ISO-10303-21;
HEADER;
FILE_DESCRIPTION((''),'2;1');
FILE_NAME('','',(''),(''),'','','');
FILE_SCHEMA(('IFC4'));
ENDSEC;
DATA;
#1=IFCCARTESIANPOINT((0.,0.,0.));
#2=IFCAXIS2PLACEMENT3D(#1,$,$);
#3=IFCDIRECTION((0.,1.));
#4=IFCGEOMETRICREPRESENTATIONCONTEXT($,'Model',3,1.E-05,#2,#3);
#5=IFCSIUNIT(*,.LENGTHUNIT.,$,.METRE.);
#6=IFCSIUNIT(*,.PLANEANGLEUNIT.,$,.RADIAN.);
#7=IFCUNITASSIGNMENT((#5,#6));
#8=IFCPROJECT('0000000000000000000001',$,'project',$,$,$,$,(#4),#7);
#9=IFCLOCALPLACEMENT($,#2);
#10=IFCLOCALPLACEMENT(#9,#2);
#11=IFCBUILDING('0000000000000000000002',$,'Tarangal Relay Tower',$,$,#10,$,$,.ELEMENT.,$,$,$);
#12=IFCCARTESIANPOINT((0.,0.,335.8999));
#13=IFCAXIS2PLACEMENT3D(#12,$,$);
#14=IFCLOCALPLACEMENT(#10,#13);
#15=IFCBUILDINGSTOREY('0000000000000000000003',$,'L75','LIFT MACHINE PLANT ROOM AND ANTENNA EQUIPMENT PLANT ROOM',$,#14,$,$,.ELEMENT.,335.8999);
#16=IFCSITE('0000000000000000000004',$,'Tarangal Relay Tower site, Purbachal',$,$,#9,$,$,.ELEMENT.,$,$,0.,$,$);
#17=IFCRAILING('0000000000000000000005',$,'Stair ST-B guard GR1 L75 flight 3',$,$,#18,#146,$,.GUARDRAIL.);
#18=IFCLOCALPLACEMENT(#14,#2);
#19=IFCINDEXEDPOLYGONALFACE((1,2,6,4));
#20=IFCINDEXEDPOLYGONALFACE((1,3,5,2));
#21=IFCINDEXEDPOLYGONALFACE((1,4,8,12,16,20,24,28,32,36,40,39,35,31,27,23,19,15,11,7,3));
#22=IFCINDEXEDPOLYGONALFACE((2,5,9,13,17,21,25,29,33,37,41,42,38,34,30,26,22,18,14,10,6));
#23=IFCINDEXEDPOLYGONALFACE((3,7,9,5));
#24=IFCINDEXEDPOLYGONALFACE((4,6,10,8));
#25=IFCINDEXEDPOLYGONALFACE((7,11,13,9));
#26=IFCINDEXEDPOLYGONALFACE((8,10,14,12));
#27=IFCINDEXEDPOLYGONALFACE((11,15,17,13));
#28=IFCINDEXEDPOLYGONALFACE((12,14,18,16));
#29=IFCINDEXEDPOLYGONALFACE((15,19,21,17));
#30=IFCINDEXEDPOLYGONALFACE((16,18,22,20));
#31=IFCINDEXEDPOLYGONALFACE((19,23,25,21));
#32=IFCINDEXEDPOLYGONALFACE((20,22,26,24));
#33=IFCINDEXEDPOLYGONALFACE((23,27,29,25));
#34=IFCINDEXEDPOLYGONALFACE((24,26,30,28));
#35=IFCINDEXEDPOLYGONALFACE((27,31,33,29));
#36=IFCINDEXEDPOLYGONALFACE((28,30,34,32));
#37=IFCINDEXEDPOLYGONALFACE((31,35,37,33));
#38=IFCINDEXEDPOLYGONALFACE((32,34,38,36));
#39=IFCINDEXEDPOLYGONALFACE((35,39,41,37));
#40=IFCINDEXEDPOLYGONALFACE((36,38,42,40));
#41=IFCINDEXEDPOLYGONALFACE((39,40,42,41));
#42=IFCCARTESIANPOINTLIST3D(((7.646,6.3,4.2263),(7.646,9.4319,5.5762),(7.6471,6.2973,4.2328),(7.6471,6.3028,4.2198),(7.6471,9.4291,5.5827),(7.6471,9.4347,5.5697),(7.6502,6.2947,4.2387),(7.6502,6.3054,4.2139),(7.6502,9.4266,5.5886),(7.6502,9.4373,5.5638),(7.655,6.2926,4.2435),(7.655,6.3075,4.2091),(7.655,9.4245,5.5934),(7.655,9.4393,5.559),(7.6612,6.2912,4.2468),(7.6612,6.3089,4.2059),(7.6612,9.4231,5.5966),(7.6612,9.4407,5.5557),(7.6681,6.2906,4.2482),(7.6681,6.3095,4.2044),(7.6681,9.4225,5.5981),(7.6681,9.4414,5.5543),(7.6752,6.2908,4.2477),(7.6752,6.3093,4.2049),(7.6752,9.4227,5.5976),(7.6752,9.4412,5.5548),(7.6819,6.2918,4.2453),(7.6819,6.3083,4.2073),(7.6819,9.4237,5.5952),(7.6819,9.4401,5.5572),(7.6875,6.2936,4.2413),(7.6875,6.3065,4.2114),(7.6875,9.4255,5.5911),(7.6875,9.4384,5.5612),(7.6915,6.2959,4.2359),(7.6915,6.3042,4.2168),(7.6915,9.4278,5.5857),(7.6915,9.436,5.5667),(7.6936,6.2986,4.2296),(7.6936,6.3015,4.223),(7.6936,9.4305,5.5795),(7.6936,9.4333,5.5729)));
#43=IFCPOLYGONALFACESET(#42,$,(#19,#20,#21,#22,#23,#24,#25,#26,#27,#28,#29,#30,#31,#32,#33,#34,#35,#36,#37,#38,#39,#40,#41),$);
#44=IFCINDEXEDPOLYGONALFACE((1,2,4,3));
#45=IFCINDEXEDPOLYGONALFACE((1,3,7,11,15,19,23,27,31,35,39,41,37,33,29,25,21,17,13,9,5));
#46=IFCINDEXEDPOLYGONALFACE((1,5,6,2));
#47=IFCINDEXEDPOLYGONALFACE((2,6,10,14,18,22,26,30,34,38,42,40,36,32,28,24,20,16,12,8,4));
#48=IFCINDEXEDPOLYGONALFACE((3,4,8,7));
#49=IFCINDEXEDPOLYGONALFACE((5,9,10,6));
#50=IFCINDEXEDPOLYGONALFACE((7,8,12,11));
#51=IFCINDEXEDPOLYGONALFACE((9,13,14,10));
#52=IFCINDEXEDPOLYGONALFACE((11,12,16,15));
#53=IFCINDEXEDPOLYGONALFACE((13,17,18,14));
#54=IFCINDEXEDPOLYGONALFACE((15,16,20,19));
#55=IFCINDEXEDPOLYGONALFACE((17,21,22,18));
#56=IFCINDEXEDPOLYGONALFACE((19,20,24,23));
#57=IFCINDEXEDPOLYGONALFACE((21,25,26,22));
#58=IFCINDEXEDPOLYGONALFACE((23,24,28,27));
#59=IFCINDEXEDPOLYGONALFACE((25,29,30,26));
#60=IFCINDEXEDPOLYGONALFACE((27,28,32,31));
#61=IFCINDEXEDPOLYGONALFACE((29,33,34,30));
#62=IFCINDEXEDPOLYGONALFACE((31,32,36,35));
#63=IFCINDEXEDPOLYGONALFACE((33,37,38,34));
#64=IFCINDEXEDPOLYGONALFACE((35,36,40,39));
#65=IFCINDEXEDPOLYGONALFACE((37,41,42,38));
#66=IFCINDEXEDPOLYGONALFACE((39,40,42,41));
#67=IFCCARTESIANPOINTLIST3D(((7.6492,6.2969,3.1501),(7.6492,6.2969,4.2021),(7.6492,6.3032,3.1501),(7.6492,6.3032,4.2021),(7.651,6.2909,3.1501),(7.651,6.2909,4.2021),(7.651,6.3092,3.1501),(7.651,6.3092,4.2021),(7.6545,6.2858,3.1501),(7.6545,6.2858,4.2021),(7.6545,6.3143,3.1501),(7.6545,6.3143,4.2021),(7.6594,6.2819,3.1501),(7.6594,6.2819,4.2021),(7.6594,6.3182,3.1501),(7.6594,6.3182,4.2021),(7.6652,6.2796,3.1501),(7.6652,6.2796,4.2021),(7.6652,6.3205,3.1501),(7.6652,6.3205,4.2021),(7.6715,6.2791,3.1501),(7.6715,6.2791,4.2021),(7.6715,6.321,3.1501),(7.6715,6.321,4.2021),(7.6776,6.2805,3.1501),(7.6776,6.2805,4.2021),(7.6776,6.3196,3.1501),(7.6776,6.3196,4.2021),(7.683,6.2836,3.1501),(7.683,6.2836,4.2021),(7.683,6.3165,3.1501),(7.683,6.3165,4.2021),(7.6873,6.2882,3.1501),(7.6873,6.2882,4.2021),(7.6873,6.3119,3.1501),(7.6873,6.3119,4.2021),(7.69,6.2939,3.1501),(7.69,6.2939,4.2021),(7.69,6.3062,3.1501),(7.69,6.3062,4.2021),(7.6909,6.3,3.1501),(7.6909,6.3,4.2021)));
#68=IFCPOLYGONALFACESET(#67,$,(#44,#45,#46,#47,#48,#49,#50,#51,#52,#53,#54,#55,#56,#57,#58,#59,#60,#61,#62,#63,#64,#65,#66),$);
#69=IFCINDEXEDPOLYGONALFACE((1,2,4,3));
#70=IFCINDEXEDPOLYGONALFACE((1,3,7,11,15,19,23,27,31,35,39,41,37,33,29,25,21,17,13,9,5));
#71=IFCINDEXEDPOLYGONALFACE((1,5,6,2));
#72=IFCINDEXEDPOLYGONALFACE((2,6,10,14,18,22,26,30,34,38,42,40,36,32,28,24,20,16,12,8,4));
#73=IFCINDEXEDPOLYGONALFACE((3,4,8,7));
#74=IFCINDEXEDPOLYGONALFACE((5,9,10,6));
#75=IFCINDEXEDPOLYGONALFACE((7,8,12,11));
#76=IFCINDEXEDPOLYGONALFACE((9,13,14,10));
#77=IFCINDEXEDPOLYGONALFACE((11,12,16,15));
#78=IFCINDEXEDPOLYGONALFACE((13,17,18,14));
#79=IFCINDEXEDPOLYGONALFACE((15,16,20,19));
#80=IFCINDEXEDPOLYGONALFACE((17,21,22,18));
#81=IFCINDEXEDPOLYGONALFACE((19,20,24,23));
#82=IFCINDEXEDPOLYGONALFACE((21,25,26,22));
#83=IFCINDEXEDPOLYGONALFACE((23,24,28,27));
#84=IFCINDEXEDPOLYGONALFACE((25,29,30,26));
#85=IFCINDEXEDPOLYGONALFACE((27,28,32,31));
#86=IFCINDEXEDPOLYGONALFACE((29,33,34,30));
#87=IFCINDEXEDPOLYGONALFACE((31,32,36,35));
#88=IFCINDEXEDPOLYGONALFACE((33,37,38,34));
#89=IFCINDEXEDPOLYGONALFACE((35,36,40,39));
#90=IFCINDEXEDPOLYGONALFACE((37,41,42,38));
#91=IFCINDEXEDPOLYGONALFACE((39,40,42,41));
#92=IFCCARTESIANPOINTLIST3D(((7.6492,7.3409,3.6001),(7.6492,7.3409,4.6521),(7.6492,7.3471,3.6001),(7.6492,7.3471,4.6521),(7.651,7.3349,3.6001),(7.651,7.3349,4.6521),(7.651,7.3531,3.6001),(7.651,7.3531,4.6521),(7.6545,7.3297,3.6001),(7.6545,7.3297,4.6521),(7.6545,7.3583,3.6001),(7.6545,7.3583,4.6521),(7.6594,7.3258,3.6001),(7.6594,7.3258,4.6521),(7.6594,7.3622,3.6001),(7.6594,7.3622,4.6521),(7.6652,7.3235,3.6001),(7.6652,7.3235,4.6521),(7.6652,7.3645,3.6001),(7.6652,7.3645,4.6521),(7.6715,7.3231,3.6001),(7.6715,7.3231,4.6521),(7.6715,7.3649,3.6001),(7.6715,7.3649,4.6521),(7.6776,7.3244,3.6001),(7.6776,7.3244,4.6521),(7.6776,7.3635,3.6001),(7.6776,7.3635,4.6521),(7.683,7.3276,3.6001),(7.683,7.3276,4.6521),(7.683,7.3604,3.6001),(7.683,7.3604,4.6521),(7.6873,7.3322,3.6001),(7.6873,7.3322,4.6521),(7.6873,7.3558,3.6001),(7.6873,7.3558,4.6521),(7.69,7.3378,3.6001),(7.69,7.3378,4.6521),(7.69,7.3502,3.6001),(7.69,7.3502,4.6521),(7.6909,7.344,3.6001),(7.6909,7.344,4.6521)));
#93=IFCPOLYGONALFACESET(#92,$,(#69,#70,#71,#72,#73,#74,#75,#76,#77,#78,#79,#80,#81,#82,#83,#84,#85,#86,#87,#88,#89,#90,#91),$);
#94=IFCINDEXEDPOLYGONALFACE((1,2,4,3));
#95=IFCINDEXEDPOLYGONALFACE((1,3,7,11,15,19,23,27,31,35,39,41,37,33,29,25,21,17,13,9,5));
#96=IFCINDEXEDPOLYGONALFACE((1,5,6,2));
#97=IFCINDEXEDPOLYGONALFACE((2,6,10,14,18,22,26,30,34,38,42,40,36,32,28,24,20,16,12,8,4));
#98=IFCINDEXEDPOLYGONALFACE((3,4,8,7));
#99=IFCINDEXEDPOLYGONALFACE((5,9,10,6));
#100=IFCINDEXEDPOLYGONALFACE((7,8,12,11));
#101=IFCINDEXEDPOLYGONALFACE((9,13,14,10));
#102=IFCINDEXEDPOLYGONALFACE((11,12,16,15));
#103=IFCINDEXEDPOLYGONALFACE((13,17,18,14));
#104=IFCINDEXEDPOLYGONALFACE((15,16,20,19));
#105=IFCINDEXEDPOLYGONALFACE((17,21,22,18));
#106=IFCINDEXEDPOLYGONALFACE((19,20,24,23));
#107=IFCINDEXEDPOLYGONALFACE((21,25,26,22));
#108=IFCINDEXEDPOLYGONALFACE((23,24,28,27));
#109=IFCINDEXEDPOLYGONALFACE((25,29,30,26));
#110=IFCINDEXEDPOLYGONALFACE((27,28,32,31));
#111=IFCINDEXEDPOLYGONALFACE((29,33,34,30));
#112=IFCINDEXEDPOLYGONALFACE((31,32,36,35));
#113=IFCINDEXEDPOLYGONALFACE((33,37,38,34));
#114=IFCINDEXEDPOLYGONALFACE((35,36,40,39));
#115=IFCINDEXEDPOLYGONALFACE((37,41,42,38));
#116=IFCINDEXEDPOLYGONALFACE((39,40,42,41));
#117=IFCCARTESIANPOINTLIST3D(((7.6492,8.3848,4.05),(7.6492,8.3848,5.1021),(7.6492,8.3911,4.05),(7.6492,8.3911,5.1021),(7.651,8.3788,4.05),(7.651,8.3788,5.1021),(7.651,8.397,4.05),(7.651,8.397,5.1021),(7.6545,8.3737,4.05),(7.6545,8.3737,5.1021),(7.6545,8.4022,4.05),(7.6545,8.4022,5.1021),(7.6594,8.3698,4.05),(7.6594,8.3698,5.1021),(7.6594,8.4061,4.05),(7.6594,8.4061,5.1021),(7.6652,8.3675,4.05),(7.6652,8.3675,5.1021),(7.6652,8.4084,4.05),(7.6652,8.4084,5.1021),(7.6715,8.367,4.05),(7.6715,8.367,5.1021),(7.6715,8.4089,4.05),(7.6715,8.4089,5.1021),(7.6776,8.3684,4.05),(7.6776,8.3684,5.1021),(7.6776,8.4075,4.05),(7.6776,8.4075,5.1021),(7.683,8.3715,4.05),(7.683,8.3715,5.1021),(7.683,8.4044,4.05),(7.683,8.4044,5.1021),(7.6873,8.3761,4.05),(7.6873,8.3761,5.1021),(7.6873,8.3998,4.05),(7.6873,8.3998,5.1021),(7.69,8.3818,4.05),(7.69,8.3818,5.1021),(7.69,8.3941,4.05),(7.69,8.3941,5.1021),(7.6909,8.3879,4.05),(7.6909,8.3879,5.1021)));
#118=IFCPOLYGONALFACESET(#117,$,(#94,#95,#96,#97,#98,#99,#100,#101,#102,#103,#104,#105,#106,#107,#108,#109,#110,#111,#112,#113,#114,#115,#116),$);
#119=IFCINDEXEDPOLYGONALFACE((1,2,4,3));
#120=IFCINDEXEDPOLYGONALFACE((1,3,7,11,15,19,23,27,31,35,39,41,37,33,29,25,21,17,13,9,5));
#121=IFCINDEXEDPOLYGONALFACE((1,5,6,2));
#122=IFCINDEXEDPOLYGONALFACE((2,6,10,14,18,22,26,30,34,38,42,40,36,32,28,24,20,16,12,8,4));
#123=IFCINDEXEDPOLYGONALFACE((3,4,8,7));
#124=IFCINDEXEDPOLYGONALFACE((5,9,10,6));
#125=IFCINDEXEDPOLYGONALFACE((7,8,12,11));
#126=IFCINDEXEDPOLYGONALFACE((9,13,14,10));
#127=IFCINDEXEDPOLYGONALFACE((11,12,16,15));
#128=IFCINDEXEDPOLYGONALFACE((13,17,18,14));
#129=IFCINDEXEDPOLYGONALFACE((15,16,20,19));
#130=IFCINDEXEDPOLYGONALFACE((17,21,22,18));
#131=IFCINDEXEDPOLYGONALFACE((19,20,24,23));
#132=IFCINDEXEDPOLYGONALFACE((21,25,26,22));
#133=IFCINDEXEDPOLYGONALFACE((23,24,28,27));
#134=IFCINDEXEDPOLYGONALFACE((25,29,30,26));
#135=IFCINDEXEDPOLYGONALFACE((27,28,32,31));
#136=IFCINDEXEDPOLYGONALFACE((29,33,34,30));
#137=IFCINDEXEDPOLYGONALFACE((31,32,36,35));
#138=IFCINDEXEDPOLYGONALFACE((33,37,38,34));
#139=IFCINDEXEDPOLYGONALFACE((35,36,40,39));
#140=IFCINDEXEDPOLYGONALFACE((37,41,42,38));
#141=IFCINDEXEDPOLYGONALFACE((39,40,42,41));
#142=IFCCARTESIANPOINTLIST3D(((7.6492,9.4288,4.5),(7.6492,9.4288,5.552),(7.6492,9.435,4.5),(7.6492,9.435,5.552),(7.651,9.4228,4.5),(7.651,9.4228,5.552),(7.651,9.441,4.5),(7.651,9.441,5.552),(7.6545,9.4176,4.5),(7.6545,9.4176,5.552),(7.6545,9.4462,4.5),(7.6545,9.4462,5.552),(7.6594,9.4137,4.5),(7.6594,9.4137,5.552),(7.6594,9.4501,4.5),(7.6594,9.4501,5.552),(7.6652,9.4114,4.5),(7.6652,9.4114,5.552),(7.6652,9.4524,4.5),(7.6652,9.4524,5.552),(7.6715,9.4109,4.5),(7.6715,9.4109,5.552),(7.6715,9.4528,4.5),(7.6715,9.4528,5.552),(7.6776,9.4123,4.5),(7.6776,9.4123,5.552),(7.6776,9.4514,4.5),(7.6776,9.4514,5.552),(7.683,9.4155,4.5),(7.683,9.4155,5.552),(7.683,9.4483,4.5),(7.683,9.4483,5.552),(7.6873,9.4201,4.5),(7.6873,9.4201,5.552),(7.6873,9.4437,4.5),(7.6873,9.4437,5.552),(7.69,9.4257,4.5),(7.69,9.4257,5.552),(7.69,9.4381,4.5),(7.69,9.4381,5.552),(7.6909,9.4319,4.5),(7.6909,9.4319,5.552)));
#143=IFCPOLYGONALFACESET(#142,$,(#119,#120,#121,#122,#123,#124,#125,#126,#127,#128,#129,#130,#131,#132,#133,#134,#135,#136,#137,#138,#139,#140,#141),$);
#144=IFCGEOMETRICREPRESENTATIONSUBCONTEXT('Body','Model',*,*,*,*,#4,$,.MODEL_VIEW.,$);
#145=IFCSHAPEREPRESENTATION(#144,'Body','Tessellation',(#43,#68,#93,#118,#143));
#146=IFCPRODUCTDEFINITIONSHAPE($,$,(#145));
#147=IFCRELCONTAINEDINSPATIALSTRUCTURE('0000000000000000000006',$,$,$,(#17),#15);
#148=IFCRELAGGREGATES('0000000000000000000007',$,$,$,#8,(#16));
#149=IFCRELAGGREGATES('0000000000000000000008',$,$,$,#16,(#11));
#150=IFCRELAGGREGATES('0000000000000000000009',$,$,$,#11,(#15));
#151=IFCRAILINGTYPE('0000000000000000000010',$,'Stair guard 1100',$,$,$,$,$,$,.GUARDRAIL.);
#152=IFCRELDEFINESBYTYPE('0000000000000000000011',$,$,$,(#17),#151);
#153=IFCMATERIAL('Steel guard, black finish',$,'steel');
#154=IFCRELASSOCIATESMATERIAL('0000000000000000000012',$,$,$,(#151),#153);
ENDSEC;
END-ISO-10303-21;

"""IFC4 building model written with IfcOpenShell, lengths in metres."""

from ifc_helpers import new_model, si_unit, direction, frame, origin, origin_2d, place, context, subcontext, project, spatial, circle, extrude, material, type_object, element, save


model = new_model("IFC4")

# Units and contexts
model_context = context("Model", 3, precision=1e-05, world=origin(), true_north=direction((0.0, 1.0)))
body_context = subcontext(model_context, "Body", "Model", "MODEL_VIEW")
ifc_project = project(units=[si_unit("LENGTHUNIT", "METRE"), si_unit("PLANEANGLEUNIT", "RADIAN")], contexts=[model_context])

# Site, building, storey
site_placement = place(None, origin())
site = spatial("IfcSite", under=ifc_project, at=site_placement, Name="Tarangal Relay Tower site, Purbachal", CompositionType="ELEMENT", RefElevation=0.0)
building_placement = place(site_placement, origin())
building = spatial("IfcBuilding", under=site, at=building_placement, Name="Tarangal Relay Tower", CompositionType="ELEMENT")
storey_placement = place(building_placement, frame((0.0, 0.0, 335.8999)))
storey = spatial("IfcBuildingStorey", under=building, at=storey_placement, Name="L75", Description="LIFT MACHINE PLANT ROOM AND ANTENNA EQUIPMENT PLANT ROOM", CompositionType="ELEMENT", Elevation=335.8999)

# Railing
ifc_material_1 = material(Name="Steel guard, black finish", Category="steel")
railing_type_1 = type_object("IfcRailingType", Name="Stair guard 1100", PredefinedType="GUARDRAIL", material=ifc_material_1)
railing_1_placement = place(storey_placement, frame((7.6699, 6.3, 3.1501)))
element("IfcRailing", 1, at=railing_1_placement, inside=storey, type_object=railing_type_1, Name="Stair ST-B guard GR1 L75 flight 3", PredefinedType="GUARDRAIL", context=body_context, shape_type="SweptSolid", body=[
    extrude(circle(Radius=0.0239, at=origin_2d()), frame((0.0, 0.0, 1.0762), z_axis=(0.0, 0.918332, 0.395811), x_axis=(-1.0, 0.0, 0.0)), (0.0, 0.0, 1.0), 3.4104),
    extrude(circle(Radius=0.021, at=origin_2d()), origin(), (0.0, 0.0, 1.0), 1.052),
    extrude(circle(Radius=0.021, at=origin_2d()), frame((0.0, 1.0439, 0.45)), (0.0, 0.0, 1.0), 1.052),
    extrude(circle(Radius=0.021, at=origin_2d()), frame((0.0, 2.0879, 0.8999)), (0.0, 0.0, 1.0), 1.052),
    extrude(circle(Radius=0.021, at=origin_2d()), frame((0.0, 3.1318, 1.3499)), (0.0, 0.0, 1.0), 1.052),
])

save(model, "model.ifc")
